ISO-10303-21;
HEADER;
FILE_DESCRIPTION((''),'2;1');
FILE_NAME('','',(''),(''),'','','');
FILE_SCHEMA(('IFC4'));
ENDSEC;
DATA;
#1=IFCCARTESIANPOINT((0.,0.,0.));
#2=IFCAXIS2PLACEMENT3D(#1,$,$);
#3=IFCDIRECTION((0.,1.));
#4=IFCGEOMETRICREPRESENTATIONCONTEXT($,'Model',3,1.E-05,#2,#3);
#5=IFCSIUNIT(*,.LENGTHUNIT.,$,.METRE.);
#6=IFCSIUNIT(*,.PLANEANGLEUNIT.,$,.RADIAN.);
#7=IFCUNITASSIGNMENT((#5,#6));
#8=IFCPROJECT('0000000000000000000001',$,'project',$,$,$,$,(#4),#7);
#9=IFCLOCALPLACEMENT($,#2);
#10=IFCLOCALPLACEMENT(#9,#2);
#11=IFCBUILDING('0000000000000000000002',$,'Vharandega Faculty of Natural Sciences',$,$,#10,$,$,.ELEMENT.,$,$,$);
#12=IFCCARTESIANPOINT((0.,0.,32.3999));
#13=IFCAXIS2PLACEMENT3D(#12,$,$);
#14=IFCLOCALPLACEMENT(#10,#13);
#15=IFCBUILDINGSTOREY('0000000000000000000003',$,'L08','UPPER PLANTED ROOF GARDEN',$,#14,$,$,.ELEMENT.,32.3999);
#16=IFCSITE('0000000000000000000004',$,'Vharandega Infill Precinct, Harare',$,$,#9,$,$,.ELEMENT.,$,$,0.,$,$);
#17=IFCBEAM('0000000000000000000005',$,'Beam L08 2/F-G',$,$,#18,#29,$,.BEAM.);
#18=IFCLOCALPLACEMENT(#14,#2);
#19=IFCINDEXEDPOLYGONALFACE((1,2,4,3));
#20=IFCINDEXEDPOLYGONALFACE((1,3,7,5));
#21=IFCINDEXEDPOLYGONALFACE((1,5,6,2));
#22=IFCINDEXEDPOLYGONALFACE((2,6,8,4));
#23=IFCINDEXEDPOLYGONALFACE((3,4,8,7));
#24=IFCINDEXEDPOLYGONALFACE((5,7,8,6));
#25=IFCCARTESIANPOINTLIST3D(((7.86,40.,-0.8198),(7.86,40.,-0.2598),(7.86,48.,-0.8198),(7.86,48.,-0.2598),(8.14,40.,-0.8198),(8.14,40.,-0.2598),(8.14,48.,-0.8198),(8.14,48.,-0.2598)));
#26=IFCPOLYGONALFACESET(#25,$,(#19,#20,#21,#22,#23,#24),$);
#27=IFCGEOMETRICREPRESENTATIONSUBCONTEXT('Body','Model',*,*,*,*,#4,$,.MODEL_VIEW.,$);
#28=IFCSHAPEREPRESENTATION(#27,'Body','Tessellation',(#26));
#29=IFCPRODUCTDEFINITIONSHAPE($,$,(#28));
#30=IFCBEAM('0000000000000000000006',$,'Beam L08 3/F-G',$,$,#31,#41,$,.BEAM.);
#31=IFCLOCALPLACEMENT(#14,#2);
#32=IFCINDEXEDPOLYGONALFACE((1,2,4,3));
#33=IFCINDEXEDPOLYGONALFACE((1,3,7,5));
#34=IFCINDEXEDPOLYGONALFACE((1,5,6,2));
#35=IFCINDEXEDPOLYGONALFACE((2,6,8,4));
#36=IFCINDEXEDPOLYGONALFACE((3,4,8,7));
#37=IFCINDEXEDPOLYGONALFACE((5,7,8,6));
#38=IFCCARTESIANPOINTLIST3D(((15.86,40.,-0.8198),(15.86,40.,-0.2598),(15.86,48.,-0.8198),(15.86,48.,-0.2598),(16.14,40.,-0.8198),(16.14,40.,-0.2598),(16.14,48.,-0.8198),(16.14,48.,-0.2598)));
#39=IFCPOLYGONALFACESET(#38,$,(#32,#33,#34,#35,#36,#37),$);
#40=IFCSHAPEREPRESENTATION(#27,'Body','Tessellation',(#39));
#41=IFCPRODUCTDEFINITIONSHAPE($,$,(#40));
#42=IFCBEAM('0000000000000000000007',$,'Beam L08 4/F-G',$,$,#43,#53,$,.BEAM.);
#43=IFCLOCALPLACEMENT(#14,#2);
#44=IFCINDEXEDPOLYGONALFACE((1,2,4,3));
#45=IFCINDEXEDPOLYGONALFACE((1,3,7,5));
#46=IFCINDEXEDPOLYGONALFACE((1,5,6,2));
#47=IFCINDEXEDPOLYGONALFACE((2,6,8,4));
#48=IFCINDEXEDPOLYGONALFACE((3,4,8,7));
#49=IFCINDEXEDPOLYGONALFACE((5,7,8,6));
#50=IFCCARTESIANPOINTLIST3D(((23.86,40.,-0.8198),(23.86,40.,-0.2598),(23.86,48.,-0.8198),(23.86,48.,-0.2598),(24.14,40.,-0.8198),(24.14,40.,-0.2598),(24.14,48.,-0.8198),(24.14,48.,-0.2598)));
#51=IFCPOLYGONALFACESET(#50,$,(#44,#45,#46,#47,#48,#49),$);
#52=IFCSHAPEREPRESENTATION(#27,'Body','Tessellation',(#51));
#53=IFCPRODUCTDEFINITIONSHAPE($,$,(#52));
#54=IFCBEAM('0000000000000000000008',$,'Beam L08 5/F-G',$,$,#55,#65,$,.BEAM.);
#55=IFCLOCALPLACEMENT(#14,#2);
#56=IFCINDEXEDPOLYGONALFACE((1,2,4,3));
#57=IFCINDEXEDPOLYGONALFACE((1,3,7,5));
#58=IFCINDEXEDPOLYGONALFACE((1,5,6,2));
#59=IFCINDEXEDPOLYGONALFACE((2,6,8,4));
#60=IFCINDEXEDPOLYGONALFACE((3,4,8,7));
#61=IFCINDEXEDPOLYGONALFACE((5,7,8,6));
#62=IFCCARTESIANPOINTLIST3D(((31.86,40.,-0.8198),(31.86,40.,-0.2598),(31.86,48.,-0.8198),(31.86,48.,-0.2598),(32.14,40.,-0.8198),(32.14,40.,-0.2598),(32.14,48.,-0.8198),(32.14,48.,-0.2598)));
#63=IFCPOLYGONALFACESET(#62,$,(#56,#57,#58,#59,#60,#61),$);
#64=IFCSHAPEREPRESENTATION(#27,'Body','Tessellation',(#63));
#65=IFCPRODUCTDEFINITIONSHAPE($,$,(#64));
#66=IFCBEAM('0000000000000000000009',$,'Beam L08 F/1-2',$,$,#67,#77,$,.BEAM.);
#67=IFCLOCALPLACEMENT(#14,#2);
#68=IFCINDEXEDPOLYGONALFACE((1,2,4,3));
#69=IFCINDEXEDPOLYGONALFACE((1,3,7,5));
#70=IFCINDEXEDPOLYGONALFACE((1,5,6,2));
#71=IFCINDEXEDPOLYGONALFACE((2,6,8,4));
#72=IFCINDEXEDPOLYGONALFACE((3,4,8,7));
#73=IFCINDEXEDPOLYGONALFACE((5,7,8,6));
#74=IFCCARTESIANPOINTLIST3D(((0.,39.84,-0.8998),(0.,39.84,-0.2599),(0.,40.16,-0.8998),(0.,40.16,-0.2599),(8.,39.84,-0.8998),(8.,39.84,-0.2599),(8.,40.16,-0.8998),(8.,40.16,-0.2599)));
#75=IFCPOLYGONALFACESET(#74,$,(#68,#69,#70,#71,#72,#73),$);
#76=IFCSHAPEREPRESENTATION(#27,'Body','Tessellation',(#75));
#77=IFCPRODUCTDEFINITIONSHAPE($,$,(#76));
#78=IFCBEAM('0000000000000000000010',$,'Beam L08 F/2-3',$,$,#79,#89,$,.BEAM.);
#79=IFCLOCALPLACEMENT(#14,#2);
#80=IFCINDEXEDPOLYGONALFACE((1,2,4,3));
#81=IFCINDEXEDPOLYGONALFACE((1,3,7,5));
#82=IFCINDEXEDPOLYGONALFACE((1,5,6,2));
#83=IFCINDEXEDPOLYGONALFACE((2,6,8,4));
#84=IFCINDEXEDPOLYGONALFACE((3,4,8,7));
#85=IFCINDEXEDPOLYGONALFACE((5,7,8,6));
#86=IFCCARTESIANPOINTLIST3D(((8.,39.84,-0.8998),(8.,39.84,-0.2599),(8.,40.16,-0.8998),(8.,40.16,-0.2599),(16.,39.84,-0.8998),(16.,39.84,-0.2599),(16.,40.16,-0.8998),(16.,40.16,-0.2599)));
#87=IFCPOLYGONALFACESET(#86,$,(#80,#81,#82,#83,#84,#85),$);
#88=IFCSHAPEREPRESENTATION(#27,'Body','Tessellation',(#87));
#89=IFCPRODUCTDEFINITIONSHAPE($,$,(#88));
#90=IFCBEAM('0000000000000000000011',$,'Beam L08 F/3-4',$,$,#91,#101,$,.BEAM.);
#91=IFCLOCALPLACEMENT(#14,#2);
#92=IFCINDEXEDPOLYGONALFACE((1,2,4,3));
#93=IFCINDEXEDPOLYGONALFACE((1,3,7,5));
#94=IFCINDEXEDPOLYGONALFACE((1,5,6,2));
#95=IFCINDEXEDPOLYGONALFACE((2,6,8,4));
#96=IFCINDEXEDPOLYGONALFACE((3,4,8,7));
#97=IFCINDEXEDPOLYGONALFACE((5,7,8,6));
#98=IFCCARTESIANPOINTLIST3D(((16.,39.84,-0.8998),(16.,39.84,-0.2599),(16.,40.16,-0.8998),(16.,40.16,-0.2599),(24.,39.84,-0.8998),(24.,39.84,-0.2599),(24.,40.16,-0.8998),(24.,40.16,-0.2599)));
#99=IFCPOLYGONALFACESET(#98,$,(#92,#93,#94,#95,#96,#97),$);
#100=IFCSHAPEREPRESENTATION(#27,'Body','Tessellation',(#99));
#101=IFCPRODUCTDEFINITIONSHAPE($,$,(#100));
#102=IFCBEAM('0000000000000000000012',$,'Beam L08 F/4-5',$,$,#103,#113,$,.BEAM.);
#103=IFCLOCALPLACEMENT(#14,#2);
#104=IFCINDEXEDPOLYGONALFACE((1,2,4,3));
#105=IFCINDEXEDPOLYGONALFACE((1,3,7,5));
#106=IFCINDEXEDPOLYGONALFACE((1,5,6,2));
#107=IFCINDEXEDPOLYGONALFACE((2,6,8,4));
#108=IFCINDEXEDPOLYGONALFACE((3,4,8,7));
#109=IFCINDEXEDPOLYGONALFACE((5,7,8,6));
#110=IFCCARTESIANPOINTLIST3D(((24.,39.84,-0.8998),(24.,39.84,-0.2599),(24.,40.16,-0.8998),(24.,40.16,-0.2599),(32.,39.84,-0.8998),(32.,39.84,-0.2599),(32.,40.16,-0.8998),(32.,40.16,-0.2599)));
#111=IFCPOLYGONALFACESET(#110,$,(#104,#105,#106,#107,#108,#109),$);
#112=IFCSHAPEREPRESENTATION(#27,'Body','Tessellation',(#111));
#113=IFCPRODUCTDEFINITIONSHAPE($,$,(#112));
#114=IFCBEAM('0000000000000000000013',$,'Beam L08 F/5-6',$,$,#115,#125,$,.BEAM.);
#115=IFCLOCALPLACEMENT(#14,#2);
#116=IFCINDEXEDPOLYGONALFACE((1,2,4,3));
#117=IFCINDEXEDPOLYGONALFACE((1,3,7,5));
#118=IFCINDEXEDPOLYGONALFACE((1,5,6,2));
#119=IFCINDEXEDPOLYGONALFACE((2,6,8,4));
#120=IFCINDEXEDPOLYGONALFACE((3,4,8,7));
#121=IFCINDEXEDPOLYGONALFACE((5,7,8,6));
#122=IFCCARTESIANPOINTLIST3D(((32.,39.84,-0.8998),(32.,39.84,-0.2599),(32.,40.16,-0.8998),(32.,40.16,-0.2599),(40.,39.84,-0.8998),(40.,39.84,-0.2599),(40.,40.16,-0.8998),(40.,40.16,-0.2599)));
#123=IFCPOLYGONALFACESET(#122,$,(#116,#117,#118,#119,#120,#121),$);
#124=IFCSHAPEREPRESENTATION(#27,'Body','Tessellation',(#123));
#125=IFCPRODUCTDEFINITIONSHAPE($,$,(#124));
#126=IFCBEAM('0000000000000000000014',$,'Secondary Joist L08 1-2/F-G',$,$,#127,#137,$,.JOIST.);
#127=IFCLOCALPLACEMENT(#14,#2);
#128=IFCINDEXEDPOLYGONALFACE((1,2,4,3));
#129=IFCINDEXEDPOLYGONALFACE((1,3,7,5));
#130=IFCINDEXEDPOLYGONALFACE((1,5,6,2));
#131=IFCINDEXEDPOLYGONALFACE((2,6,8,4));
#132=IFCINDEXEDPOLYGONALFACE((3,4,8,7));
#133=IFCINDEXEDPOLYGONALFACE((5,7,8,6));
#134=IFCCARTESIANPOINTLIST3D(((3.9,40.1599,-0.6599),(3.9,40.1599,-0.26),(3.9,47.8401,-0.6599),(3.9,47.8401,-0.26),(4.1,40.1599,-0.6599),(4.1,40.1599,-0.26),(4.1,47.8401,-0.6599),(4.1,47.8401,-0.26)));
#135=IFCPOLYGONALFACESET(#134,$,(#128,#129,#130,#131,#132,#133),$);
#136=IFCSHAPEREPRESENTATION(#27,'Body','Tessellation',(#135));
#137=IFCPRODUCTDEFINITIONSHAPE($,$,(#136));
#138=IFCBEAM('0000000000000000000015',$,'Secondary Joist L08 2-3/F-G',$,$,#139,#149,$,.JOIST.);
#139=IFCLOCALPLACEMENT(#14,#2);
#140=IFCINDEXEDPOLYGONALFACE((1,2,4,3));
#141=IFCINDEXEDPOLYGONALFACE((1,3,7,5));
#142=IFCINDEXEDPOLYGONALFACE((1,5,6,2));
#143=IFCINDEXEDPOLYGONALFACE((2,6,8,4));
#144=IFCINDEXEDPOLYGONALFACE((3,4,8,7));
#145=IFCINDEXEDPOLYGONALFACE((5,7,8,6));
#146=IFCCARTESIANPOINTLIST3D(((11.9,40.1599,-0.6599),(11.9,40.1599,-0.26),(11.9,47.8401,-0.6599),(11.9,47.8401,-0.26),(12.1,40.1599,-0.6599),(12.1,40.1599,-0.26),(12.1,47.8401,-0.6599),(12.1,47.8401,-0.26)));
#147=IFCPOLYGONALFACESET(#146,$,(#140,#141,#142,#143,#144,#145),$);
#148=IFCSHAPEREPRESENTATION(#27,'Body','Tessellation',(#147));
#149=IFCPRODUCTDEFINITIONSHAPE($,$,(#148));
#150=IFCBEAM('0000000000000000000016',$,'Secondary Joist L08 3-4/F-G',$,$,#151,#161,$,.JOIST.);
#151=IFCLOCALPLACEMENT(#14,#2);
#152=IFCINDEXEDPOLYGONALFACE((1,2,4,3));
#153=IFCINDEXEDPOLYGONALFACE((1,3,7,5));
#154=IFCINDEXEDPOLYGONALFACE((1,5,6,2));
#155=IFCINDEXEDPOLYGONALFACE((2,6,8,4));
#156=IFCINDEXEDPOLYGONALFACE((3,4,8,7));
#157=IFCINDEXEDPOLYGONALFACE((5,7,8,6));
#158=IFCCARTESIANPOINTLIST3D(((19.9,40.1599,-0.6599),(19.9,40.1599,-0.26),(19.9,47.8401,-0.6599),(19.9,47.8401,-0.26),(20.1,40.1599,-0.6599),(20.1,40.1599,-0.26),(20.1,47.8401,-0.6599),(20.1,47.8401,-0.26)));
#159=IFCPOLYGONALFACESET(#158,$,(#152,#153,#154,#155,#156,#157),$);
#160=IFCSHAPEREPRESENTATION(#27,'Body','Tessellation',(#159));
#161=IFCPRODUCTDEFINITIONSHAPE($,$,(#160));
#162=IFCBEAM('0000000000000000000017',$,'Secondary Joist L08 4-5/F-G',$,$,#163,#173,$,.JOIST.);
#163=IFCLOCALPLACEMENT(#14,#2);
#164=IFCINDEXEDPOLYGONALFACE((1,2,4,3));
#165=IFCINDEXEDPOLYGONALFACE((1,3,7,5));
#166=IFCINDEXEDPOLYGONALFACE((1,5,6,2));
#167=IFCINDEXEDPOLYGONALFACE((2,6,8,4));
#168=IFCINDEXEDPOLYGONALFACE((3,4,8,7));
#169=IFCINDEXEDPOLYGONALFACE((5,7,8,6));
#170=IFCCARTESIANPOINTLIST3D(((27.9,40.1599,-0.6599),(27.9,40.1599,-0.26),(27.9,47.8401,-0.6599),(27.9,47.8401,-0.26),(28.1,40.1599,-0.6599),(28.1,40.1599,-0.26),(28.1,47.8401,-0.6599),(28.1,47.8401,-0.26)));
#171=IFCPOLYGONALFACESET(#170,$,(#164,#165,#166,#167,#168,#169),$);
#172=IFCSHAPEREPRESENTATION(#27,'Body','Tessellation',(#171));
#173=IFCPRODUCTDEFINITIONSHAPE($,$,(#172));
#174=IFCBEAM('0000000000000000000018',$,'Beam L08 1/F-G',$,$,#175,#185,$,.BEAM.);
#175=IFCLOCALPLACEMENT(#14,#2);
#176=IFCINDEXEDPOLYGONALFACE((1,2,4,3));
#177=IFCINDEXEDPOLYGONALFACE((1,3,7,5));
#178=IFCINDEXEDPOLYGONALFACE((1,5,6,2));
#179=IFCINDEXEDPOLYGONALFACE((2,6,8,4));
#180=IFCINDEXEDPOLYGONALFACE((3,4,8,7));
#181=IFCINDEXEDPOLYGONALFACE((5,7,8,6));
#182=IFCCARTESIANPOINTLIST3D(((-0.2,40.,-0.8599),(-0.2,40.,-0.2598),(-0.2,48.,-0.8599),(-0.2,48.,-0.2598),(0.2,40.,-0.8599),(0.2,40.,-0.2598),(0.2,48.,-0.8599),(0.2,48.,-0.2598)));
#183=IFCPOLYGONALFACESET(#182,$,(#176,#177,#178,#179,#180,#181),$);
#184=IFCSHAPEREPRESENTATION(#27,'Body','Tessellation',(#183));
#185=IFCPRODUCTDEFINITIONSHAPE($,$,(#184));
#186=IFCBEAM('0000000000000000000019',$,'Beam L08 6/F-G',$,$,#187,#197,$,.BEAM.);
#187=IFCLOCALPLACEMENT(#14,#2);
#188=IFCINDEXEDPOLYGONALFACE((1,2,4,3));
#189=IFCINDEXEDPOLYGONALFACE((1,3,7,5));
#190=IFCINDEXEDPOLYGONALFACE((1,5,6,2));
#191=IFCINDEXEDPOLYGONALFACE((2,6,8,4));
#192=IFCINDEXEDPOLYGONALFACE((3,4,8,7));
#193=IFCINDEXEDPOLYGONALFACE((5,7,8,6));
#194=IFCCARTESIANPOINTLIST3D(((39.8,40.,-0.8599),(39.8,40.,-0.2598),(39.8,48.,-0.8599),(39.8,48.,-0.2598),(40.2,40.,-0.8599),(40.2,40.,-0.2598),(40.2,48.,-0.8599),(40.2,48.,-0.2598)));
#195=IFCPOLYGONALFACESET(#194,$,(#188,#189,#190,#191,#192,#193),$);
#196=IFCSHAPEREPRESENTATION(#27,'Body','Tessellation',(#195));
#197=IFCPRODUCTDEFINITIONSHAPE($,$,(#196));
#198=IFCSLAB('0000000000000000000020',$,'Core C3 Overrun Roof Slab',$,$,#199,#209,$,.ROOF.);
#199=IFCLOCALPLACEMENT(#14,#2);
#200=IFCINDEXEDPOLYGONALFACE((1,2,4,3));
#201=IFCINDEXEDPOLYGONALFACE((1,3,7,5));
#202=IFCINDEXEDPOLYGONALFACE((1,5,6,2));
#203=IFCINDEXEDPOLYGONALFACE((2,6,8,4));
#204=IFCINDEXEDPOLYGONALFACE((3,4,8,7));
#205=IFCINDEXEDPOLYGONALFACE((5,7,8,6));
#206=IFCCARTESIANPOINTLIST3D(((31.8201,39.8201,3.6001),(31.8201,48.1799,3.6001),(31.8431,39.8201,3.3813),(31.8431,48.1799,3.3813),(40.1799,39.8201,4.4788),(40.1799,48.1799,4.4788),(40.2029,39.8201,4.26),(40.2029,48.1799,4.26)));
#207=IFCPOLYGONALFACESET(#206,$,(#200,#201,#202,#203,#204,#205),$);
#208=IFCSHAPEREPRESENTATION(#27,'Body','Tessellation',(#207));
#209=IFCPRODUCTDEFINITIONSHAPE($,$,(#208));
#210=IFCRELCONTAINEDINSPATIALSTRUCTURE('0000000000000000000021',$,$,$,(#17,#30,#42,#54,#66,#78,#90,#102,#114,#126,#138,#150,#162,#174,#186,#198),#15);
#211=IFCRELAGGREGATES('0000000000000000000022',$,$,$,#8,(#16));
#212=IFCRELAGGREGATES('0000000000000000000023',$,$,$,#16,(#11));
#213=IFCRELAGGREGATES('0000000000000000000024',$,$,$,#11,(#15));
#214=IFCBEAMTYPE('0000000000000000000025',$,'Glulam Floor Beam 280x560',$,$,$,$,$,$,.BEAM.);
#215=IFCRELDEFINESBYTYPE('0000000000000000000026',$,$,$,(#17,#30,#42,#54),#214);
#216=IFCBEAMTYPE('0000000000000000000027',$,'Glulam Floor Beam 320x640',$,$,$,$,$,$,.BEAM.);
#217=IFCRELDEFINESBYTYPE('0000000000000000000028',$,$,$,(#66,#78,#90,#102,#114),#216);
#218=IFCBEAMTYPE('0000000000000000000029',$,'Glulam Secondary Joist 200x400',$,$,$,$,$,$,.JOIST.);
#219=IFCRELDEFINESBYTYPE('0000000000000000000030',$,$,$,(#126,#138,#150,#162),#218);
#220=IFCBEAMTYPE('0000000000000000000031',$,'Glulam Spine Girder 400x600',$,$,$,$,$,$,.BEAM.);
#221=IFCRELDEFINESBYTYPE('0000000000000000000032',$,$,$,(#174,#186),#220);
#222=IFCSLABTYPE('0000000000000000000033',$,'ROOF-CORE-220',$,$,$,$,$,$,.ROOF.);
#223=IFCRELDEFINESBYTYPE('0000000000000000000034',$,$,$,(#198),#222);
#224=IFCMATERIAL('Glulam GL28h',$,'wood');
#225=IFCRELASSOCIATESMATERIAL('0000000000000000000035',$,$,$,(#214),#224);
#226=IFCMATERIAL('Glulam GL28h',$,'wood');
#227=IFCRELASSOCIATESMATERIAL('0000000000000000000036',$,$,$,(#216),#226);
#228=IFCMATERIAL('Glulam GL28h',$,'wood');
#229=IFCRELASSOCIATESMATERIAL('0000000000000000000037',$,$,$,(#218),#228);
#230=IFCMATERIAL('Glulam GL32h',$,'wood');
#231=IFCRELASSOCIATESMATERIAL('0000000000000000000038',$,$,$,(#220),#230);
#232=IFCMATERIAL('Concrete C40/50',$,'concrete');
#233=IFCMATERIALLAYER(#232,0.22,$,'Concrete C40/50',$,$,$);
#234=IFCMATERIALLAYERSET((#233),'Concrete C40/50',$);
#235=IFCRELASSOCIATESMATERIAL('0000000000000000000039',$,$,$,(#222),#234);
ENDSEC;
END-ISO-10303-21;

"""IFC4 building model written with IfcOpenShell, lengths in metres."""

from ifc_helpers import new_model, si_unit, direction, frame, origin, origin_2d, place, context, subcontext, project, spatial, polyline, rectangle, outline, extrude, material, layer, layer_set, material_profile, profile_set, type_object, element, save


model = new_model("IFC4")

# Units and contexts
model_context = context("Model", 3, precision=1e-05, world=origin(), true_north=direction((0.0, 1.0)))
body_context = subcontext(model_context, "Body", "Model", "MODEL_VIEW")
ifc_project = project(units=[si_unit("LENGTHUNIT", "METRE"), si_unit("PLANEANGLEUNIT", "RADIAN")], contexts=[model_context])

# Site, building, storey
site_placement = place(None, origin())
site = spatial("IfcSite", under=ifc_project, at=site_placement, Name="Vharandega Infill Precinct, Harare", CompositionType="ELEMENT", RefElevation=0.0)
building_placement = place(site_placement, origin())
building = spatial("IfcBuilding", under=site, at=building_placement, Name="Vharandega Faculty of Natural Sciences", CompositionType="ELEMENT")
storey_placement = place(building_placement, frame((0.0, 0.0, 32.3999)))
storey = spatial("IfcBuildingStorey", under=building, at=storey_placement, Name="L08", Description="UPPER PLANTED ROOF GARDEN", CompositionType="ELEMENT", Elevation=32.3999)

# Beams
ifc_material_1 = material(Name="Glulam GL28h", Category="wood")
ifc_material_profile_1 = material_profile(ifc_material_1, rectangle(XDim=0.28, YDim=0.5601, at=origin_2d()), Name="GL28h 280x560")
ifc_profile_set_1 = profile_set([ifc_material_profile_1], Name="Glulam GL28h")
beam_type_1 = type_object("IfcBeamType", Name="Glulam Floor Beam 280x560", PredefinedType="BEAM", material=ifc_profile_set_1)
for number, where, z_axis, x_axis, name in (
    (1, (8.0, 40.0, -0.5398), (0.0, 1.0, 0.0), (-1.0, 0.0, 0.0), "Beam L08 2/F-G"),
    (2, (16.0, 40.0, -0.5398), (0.0, 1.0, 0.0), (-1.0, 0.0, 0.0), "Beam L08 3/F-G"),
    (3, (24.0, 40.0, -0.5398), (0.0, 1.0, 0.0), (-1.0, 0.0, 0.0), "Beam L08 4/F-G"),
    (4, (32.0, 40.0, -0.5398), (0.0, 1.0, 0.0), (-1.0, 0.0, 0.0), "Beam L08 5/F-G"),
):
    element("IfcBeam", number, at=place(storey_placement, frame(where, z_axis=z_axis, x_axis=x_axis)), inside=storey, type_object=beam_type_1, Name=name, PredefinedType="BEAM", context=body_context, shape_type="SweptSolid", body=[
        extrude(rectangle(XDim=0.28, YDim=0.5601, at=origin_2d()), origin(), (0.0, 0.0, 1.0), 8.0),
    ])
ifc_material_2 = material(Name="Glulam GL28h", Category="wood")
ifc_material_profile_2 = material_profile(ifc_material_2, rectangle(XDim=0.3201, YDim=0.6399, at=origin_2d()), Name="GL28h 320x640")
ifc_profile_set_2 = profile_set([ifc_material_profile_2], Name="Glulam GL28h")
beam_type_2 = type_object("IfcBeamType", Name="Glulam Floor Beam 320x640", PredefinedType="BEAM", material=ifc_profile_set_2)
for number, where, z_axis, x_axis, name in (
    (5, (0.0, 40.0, -0.5798), (1.0, 0.0, 0.0), (0.0, 1.0, 0.0), "Beam L08 F/1-2"),
    (6, (8.0, 40.0, -0.5798), (1.0, 0.0, 0.0), (0.0, 1.0, 0.0), "Beam L08 F/2-3"),
    (7, (16.0, 40.0, -0.5798), (1.0, 0.0, 0.0), (0.0, 1.0, 0.0), "Beam L08 F/3-4"),
    (8, (24.0, 40.0, -0.5798), (1.0, 0.0, 0.0), (0.0, 1.0, 0.0), "Beam L08 F/4-5"),
    (9, (32.0, 40.0, -0.5798), (1.0, 0.0, 0.0), (0.0, 1.0, 0.0), "Beam L08 F/5-6"),
):
    element("IfcBeam", number, at=place(storey_placement, frame(where, z_axis=z_axis, x_axis=x_axis)), inside=storey, type_object=beam_type_2, Name=name, PredefinedType="BEAM", context=body_context, shape_type="SweptSolid", body=[
        extrude(rectangle(XDim=0.3201, YDim=0.6399, at=origin_2d()), origin(), (0.0, 0.0, 1.0), 8.0),
    ])
ifc_material_3 = material(Name="Glulam GL28h", Category="wood")
ifc_material_profile_3 = material_profile(ifc_material_3, rectangle(XDim=0.2, YDim=0.3999, at=origin_2d()), Name="GL28h 200x400")
ifc_profile_set_3 = profile_set([ifc_material_profile_3], Name="Glulam GL28h")
beam_type_3 = type_object("IfcBeamType", Name="Glulam Secondary Joist 200x400", PredefinedType="JOIST", material=ifc_profile_set_3)
for number, where, z_axis, x_axis, name in (
    (10, (4.0, 40.1599, -0.46), (0.0, 1.0, 0.0), (-1.0, 0.0, 0.0), "Secondary Joist L08 1-2/F-G"),
    (11, (12.0, 40.1599, -0.46), (0.0, 1.0, 0.0), (-1.0, 0.0, 0.0), "Secondary Joist L08 2-3/F-G"),
    (12, (20.0, 40.1599, -0.46), (0.0, 1.0, 0.0), (-1.0, 0.0, 0.0), "Secondary Joist L08 3-4/F-G"),
    (13, (28.0, 40.1599, -0.46), (0.0, 1.0, 0.0), (-1.0, 0.0, 0.0), "Secondary Joist L08 4-5/F-G"),
):
    element("IfcBeam", number, at=place(storey_placement, frame(where, z_axis=z_axis, x_axis=x_axis)), inside=storey, type_object=beam_type_3, Name=name, PredefinedType="JOIST", context=body_context, shape_type="SweptSolid", body=[
        extrude(rectangle(XDim=0.2, YDim=0.3999, at=origin_2d()), origin(), (0.0, 0.0, 1.0), 7.6802),
    ])
ifc_material_4 = material(Name="Glulam GL32h", Category="wood")
ifc_material_profile_4 = material_profile(ifc_material_4, rectangle(XDim=0.3999, YDim=0.6001, at=origin_2d()), Name="GL32h 400x600")
ifc_profile_set_4 = profile_set([ifc_material_profile_4], Name="Glulam GL32h")
beam_type_4 = type_object("IfcBeamType", Name="Glulam Spine Girder 400x600", PredefinedType="BEAM", material=ifc_profile_set_4)
for number, where, z_axis, x_axis, name in (
    (14, (0.0, 40.0, -0.5598), (0.0, 1.0, 0.0), (-1.0, 0.0, 0.0), "Beam L08 1/F-G"),
    (15, (40.0, 40.0, -0.5598), (0.0, 1.0, 0.0), (-1.0, 0.0, 0.0), "Beam L08 6/F-G"),
):
    element("IfcBeam", number, at=place(storey_placement, frame(where, z_axis=z_axis, x_axis=x_axis)), inside=storey, type_object=beam_type_4, Name=name, PredefinedType="BEAM", context=body_context, shape_type="SweptSolid", body=[
        extrude(rectangle(XDim=0.3999, YDim=0.6001, at=origin_2d()), origin(), (0.0, 0.0, 1.0), 8.0),
    ])

# Slab
ifc_material_5 = material(Name="Concrete C40/50", Category="concrete")
ifc_layer_1 = layer(ifc_material_5, 0.22, Name="Concrete C40/50")
ifc_layer_set_1 = layer_set([ifc_layer_1], Name="Concrete C40/50")
slab_type = type_object("IfcSlabType", Name="ROOF-CORE-220", PredefinedType="ROOF", material=ifc_layer_set_1)
slab_placement = place(storey_placement, frame((31.8201, 39.8201, 3.6001), z_axis=(-0.104529, 0.0, 0.994522), x_axis=(0.994522, 0.0, 0.104529)))
element("IfcSlab", 16, at=slab_placement, inside=storey, type_object=slab_type, Name="Core C3 Overrun Roof Slab", PredefinedType="ROOF", context=body_context, shape_type="SweptSolid", body=[
    extrude(outline(polyline([(0.0, 0.0), (8.4059, 0.0), (8.4059, 8.3599), (0.0, 8.3599), (0.0, 0.0)])), origin(), (0.0, 0.0, -1.0), 0.22),
])

save(model, "model.ifc")
